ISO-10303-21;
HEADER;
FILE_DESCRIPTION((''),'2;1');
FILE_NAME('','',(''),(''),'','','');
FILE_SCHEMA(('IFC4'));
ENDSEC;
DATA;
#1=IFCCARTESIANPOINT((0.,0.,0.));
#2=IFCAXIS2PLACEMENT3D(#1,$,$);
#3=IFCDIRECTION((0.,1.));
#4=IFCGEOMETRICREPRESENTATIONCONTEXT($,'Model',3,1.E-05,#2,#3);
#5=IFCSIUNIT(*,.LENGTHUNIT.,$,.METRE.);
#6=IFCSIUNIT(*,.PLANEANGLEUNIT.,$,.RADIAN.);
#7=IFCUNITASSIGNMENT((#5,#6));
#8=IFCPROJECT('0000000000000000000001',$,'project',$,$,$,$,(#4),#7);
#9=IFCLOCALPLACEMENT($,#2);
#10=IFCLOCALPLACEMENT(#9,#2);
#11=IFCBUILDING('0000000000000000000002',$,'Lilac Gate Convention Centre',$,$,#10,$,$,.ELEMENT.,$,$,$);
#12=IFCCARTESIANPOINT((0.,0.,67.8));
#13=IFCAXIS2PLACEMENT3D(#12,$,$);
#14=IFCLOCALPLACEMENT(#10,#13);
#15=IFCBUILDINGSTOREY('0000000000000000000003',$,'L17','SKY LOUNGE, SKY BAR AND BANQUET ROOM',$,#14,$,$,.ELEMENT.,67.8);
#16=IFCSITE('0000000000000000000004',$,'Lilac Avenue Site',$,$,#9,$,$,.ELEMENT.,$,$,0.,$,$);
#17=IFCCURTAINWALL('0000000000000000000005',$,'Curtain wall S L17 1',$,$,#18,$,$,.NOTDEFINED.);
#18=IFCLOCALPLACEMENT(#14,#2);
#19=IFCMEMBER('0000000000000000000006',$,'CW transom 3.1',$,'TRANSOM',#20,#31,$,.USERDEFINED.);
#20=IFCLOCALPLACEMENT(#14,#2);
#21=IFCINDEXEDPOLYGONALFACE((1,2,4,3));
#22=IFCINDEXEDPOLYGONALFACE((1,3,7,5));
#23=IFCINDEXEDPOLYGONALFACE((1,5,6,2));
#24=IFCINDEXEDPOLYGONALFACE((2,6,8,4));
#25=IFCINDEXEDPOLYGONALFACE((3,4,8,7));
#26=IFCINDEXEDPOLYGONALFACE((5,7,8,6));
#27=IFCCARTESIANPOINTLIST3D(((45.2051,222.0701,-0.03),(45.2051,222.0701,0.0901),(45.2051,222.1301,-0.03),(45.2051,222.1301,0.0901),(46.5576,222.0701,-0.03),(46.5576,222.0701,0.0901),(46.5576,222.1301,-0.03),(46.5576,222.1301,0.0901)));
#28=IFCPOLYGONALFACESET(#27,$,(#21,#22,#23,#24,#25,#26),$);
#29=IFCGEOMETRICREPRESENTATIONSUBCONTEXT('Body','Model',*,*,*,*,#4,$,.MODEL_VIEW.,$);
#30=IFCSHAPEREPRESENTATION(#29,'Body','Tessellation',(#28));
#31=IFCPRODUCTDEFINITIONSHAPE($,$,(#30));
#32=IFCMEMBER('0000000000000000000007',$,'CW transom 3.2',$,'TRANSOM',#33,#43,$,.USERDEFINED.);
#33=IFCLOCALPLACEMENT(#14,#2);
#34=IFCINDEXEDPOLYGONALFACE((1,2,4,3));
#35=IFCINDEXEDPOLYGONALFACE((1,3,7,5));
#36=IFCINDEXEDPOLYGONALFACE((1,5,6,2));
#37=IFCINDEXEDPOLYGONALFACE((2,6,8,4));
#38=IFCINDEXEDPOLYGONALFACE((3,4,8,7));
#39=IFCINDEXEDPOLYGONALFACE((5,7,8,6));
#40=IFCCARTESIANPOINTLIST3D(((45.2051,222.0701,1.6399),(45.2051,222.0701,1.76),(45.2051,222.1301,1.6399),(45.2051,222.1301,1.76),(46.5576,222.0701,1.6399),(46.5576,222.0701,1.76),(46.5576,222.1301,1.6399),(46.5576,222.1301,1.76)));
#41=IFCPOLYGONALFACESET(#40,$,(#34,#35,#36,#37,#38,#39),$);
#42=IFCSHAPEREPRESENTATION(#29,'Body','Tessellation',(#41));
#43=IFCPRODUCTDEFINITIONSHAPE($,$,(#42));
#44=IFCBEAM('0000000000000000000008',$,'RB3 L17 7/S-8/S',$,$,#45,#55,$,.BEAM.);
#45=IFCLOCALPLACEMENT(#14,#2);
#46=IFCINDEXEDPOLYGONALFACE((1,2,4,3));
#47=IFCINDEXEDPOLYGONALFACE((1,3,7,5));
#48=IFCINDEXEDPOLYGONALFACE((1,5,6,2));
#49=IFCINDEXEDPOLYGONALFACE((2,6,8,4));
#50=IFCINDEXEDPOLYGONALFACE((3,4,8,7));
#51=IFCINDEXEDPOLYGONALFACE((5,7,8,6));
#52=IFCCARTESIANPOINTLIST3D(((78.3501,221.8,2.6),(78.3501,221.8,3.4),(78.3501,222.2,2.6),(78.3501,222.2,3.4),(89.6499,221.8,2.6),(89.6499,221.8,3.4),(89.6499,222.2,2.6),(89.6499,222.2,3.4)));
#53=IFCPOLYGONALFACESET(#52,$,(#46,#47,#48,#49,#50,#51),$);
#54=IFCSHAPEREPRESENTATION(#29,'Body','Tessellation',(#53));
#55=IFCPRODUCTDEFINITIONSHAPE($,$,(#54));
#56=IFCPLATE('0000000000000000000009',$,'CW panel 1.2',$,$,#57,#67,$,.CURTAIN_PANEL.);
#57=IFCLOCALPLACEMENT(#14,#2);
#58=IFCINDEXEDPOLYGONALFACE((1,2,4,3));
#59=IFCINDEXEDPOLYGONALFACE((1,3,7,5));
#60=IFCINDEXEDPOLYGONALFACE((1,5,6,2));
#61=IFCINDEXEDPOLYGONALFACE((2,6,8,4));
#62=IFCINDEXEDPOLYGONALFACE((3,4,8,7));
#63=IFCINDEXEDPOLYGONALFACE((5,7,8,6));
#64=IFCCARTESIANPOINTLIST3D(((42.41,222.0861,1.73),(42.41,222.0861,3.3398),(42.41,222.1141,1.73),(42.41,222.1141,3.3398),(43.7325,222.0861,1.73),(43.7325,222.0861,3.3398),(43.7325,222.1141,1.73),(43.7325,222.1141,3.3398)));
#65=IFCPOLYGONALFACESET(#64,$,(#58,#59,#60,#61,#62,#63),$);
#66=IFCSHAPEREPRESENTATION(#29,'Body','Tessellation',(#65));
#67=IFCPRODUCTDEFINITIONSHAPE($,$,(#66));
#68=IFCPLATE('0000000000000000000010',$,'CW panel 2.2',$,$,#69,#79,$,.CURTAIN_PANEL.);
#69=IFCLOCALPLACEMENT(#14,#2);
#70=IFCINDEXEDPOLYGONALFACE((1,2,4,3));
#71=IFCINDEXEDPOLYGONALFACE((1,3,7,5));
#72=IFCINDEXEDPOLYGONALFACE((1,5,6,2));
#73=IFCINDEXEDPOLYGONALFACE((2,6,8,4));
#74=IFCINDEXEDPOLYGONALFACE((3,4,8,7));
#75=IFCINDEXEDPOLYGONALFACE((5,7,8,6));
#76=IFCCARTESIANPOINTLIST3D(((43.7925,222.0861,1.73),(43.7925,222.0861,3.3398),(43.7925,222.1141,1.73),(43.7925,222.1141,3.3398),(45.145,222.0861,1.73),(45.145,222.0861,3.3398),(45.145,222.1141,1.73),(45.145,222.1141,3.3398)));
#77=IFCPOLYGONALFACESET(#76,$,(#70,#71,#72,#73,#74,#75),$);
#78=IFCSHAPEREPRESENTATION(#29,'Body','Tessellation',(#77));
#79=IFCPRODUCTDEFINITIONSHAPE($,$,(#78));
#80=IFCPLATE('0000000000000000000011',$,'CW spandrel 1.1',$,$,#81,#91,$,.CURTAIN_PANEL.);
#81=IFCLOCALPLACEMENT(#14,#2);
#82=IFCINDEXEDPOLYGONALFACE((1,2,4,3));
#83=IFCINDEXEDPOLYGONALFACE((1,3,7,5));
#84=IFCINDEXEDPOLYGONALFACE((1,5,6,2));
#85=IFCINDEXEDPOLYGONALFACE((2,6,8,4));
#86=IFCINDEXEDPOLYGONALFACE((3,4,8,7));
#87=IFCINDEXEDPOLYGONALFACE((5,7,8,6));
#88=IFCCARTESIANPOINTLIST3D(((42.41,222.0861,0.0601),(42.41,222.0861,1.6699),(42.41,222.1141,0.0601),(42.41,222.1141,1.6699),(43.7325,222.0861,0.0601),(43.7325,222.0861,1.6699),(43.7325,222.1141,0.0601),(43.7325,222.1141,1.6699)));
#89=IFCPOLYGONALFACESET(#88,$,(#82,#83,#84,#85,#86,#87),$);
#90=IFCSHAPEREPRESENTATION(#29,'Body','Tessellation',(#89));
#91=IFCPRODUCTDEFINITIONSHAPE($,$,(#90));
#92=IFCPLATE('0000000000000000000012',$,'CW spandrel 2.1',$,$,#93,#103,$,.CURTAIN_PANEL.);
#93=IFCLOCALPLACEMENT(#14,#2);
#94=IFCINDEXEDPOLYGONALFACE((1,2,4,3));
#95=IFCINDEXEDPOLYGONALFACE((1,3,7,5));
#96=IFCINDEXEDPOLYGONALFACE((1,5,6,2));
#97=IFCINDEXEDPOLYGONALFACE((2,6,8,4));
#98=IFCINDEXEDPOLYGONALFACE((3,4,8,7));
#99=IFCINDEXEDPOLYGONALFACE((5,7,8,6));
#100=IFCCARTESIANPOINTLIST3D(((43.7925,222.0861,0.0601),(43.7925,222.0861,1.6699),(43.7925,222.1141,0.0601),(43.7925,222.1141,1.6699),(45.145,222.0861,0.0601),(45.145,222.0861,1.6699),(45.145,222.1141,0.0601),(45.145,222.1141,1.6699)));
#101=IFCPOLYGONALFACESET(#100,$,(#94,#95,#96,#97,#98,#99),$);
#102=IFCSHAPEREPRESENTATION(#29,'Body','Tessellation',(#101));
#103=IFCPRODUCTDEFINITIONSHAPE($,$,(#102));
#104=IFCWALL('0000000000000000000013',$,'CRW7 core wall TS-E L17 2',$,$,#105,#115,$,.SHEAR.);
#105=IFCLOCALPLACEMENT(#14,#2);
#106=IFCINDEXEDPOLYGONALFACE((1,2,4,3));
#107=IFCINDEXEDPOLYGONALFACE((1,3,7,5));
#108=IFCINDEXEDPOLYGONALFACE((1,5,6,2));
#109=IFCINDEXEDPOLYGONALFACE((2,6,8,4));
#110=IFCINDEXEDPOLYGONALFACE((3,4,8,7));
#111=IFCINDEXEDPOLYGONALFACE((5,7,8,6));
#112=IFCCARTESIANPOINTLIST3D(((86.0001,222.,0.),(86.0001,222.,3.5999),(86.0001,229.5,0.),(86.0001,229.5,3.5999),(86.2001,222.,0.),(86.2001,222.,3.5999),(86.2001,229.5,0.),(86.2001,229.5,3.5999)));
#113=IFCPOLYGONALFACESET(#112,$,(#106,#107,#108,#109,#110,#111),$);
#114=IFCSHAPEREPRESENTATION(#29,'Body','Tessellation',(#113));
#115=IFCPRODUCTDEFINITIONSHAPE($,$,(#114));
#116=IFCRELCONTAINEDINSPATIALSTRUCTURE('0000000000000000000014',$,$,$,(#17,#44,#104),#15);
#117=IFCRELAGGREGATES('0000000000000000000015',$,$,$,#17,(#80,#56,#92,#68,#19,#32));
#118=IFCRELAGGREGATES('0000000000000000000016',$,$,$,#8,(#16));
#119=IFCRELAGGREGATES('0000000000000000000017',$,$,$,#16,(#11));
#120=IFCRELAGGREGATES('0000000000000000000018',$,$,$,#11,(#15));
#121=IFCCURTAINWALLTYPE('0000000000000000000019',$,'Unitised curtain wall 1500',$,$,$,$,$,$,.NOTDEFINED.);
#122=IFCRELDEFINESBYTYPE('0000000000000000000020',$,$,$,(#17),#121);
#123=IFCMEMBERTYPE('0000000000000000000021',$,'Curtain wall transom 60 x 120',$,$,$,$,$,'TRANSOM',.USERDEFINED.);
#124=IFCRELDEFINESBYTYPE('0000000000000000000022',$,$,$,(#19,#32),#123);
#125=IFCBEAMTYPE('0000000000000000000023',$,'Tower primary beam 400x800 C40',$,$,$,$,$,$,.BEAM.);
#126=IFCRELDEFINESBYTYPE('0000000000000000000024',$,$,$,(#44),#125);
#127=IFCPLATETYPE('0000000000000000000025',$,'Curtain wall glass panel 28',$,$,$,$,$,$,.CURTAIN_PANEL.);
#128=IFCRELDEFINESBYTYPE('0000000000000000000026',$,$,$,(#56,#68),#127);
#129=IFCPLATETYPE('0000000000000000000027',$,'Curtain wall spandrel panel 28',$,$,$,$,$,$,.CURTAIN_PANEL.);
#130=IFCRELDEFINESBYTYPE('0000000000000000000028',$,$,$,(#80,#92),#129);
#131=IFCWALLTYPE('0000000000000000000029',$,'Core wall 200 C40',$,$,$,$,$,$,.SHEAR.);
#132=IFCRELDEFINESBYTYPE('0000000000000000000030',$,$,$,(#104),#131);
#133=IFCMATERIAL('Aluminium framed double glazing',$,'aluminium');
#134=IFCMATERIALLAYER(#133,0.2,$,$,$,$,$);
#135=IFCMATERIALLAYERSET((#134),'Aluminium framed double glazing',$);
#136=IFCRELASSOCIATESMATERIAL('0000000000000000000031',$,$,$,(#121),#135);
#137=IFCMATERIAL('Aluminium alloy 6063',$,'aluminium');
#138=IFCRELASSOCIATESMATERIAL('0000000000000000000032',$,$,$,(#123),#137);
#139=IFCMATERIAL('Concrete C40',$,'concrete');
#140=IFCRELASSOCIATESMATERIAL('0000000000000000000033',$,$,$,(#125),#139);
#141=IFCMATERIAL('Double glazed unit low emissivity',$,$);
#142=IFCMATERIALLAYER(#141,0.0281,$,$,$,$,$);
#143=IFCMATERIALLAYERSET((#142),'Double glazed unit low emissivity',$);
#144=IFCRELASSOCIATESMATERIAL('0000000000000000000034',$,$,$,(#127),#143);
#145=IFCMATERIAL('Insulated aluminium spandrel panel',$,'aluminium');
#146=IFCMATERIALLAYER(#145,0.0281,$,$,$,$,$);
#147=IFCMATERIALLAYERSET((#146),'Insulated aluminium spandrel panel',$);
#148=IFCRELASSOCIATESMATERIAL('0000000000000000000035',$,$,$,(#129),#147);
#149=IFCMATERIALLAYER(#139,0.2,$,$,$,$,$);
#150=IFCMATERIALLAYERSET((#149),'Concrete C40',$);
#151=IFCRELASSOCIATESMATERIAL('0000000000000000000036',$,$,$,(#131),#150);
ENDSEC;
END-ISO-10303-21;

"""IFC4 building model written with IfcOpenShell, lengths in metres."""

from ifc_helpers import new_model, si_unit, direction, frame, frame_2d, origin, origin_2d, place, context, subcontext, project, spatial, rectangle, extrude, material, layer, layer_set, material_profile, profile_set, type_object, element, aggregate, save


model = new_model("IFC4")

# Units and contexts
model_context = context("Model", 3, precision=1e-05, world=origin(), true_north=direction((0.0, 1.0)))
body_context = subcontext(model_context, "Body", "Model", "MODEL_VIEW")
ifc_project = project(units=[si_unit("LENGTHUNIT", "METRE"), si_unit("PLANEANGLEUNIT", "RADIAN")], contexts=[model_context])

# Site, building, storey
site_placement = place(None, origin())
site = spatial("IfcSite", under=ifc_project, at=site_placement, Name="Lilac Avenue Site", CompositionType="ELEMENT", RefElevation=0.0)
building_placement = place(site_placement, origin())
building = spatial("IfcBuilding", under=site, at=building_placement, Name="Lilac Gate Convention Centre", CompositionType="ELEMENT")
storey_placement = place(building_placement, frame((0.0, 0.0, 67.8)))
storey = spatial("IfcBuildingStorey", under=building, at=storey_placement, Name="L17", Description="SKY LOUNGE, SKY BAR AND BANQUET ROOM", CompositionType="ELEMENT", Elevation=67.8)

# Curtain wall, members
ifc_material_1 = material(Name="Aluminium framed double glazing", Category="aluminium")
ifc_layer_1 = layer(ifc_material_1, 0.2)
ifc_layer_set_1 = layer_set([ifc_layer_1], Name="Aluminium framed double glazing")
curtain_wall_type = type_object("IfcCurtainWallType", Name="Unitised curtain wall 1500", PredefinedType="NOTDEFINED", material=ifc_layer_set_1)
curtain_wall_placement = place(storey_placement, origin())
curtain_wall = element("IfcCurtainWall", 1, at=curtain_wall_placement, inside=storey, type_object=curtain_wall_type, Name="Curtain wall S L17 1", PredefinedType="NOTDEFINED")
ifc_material_2 = material(Name="Aluminium alloy 6063", Category="aluminium")
ifc_material_profile_1 = material_profile(ifc_material_2, rectangle(XDim=0.0601, YDim=0.1201, at=origin_2d()), Name="Curtain wall transom 60 x 120")
ifc_profile_set_1 = profile_set([ifc_material_profile_1], Name="Aluminium alloy 6063")
member_type_1 = type_object("IfcMemberType", Name="Curtain wall transom 60 x 120", ElementType="TRANSOM", PredefinedType="USERDEFINED", material=ifc_profile_set_1)
member_1_placement = place(storey_placement, frame((45.2051, 222.1001, 0.03), z_axis=(1.0, 0.0, 0.0), x_axis=(0.0, 1.0, 0.0)))
member_1 = element("IfcMember", 2, at=member_1_placement, type_object=member_type_1, Name="CW transom 3.1", ObjectType="TRANSOM", PredefinedType="USERDEFINED", context=body_context, shape_type="SweptSolid", body=[
    extrude(rectangle(XDim=0.0601, YDim=0.1201, at=origin_2d()), origin(), (0.0, 0.0, 1.0), 1.3525),
])
member_2_placement = place(storey_placement, frame((45.2051, 222.1001, 1.7), z_axis=(1.0, 0.0, 0.0), x_axis=(0.0, 1.0, 0.0)))
member_2 = element("IfcMember", 3, at=member_2_placement, type_object=member_type_1, Name="CW transom 3.2", ObjectType="TRANSOM", PredefinedType="USERDEFINED", context=body_context, shape_type="SweptSolid", body=[
    extrude(rectangle(XDim=0.0601, YDim=0.1201, at=origin_2d()), origin(), (0.0, 0.0, 1.0), 1.3525),
])

# Beam
ifc_material_3 = material(Name="Concrete C40", Category="concrete")
ifc_material_profile_2 = material_profile(ifc_material_3, rectangle(XDim=0.3999, YDim=0.8, at=origin_2d()), Name="RC 400x800")
ifc_profile_set_2 = profile_set([ifc_material_profile_2], Name="Concrete C40")
beam_type = type_object("IfcBeamType", Name="Tower primary beam 400x800 C40", PredefinedType="BEAM", material=ifc_profile_set_2)
beam_placement = place(storey_placement, frame((78.3501, 222.0, 3.0), z_axis=(1.0, 0.0, 0.0), x_axis=(0.0, 1.0, 0.0)))
element("IfcBeam", 4, at=beam_placement, inside=storey, type_object=beam_type, Name="RB3 L17 7/S-8/S", PredefinedType="BEAM", context=body_context, shape_type="SweptSolid", body=[
    extrude(rectangle(XDim=0.3999, YDim=0.8, at=origin_2d()), origin(), (0.0, 0.0, 1.0), 11.2998),
])

# Plates
ifc_material_4 = material(Name="Double glazed unit low emissivity")
ifc_layer_2 = layer(ifc_material_4, 0.0281)
ifc_layer_set_2 = layer_set([ifc_layer_2], Name="Double glazed unit low emissivity")
plate_type_1 = type_object("IfcPlateType", Name="Curtain wall glass panel 28", PredefinedType="CURTAIN_PANEL", material=ifc_layer_set_2)
plate_1_placement = place(storey_placement, frame((43.0713, 222.1001, 1.73), z_axis=(0.0, 0.0, 1.0), x_axis=(1.0, 0.0, 0.0)))
plate_1 = element("IfcPlate", 5, at=plate_1_placement, type_object=plate_type_1, Name="CW panel 1.2", PredefinedType="CURTAIN_PANEL", context=body_context, shape_type="SweptSolid", body=[
    extrude(rectangle(XDim=1.3225, YDim=0.0281, at=origin_2d()), origin(), (0.0, 0.0, 1.0), 1.6099),
])
plate_2_placement = place(storey_placement, frame((44.4688, 222.1001, 1.73), z_axis=(0.0, 0.0, 1.0), x_axis=(1.0, 0.0, 0.0)))
plate_2 = element("IfcPlate", 6, at=plate_2_placement, type_object=plate_type_1, Name="CW panel 2.2", PredefinedType="CURTAIN_PANEL", context=body_context, shape_type="SweptSolid", body=[
    extrude(rectangle(XDim=1.3525, YDim=0.0281, at=origin_2d()), origin(), (0.0, 0.0, 1.0), 1.6099),
])
ifc_material_5 = material(Name="Insulated aluminium spandrel panel", Category="aluminium")
ifc_layer_3 = layer(ifc_material_5, 0.0281)
ifc_layer_set_3 = layer_set([ifc_layer_3], Name="Insulated aluminium spandrel panel")
plate_type_2 = type_object("IfcPlateType", Name="Curtain wall spandrel panel 28", PredefinedType="CURTAIN_PANEL", material=ifc_layer_set_3)
plate_3_placement = place(storey_placement, frame((43.0713, 222.1001, 0.0601), z_axis=(0.0, 0.0, 1.0), x_axis=(1.0, 0.0, 0.0)))
plate_3 = element("IfcPlate", 7, at=plate_3_placement, type_object=plate_type_2, Name="CW spandrel 1.1", PredefinedType="CURTAIN_PANEL", context=body_context, shape_type="SweptSolid", body=[
    extrude(rectangle(XDim=1.3225, YDim=0.0281, at=origin_2d()), origin(), (0.0, 0.0, 1.0), 1.6099),
])
plate_4_placement = place(storey_placement, frame((44.4688, 222.1001, 0.0601), z_axis=(0.0, 0.0, 1.0), x_axis=(1.0, 0.0, 0.0)))
plate_4 = element("IfcPlate", 8, at=plate_4_placement, type_object=plate_type_2, Name="CW spandrel 2.1", PredefinedType="CURTAIN_PANEL", context=body_context, shape_type="SweptSolid", body=[
    extrude(rectangle(XDim=1.3525, YDim=0.0281, at=origin_2d()), origin(), (0.0, 0.0, 1.0), 1.6099),
])
aggregate(curtain_wall, [plate_3, plate_1, plate_4, plate_2, member_1, member_2])

# Wall
ifc_layer_4 = layer(ifc_material_3, 0.2)
ifc_layer_set_4 = layer_set([ifc_layer_4], Name="Concrete C40")
wall_type = type_object("IfcWallType", Name="Core wall 200 C40", PredefinedType="SHEAR", material=ifc_layer_set_4)
wall_placement = place(storey_placement, frame((86.1001, 222.0, 0.0), z_axis=(0.0, 0.0, 1.0), x_axis=(0.0, 1.0, 0.0)))
element("IfcWall", 9, at=wall_placement, inside=storey, type_object=wall_type, Name="CRW7 core wall TS-E L17 2", PredefinedType="SHEAR", context=body_context, shape_type="SweptSolid", body=[
    extrude(rectangle(XDim=7.5, YDim=0.2, at=frame_2d((3.75, 0.0))), origin(), (0.0, 0.0, 1.0), 3.5999),
])

save(model, "model.ifc")
